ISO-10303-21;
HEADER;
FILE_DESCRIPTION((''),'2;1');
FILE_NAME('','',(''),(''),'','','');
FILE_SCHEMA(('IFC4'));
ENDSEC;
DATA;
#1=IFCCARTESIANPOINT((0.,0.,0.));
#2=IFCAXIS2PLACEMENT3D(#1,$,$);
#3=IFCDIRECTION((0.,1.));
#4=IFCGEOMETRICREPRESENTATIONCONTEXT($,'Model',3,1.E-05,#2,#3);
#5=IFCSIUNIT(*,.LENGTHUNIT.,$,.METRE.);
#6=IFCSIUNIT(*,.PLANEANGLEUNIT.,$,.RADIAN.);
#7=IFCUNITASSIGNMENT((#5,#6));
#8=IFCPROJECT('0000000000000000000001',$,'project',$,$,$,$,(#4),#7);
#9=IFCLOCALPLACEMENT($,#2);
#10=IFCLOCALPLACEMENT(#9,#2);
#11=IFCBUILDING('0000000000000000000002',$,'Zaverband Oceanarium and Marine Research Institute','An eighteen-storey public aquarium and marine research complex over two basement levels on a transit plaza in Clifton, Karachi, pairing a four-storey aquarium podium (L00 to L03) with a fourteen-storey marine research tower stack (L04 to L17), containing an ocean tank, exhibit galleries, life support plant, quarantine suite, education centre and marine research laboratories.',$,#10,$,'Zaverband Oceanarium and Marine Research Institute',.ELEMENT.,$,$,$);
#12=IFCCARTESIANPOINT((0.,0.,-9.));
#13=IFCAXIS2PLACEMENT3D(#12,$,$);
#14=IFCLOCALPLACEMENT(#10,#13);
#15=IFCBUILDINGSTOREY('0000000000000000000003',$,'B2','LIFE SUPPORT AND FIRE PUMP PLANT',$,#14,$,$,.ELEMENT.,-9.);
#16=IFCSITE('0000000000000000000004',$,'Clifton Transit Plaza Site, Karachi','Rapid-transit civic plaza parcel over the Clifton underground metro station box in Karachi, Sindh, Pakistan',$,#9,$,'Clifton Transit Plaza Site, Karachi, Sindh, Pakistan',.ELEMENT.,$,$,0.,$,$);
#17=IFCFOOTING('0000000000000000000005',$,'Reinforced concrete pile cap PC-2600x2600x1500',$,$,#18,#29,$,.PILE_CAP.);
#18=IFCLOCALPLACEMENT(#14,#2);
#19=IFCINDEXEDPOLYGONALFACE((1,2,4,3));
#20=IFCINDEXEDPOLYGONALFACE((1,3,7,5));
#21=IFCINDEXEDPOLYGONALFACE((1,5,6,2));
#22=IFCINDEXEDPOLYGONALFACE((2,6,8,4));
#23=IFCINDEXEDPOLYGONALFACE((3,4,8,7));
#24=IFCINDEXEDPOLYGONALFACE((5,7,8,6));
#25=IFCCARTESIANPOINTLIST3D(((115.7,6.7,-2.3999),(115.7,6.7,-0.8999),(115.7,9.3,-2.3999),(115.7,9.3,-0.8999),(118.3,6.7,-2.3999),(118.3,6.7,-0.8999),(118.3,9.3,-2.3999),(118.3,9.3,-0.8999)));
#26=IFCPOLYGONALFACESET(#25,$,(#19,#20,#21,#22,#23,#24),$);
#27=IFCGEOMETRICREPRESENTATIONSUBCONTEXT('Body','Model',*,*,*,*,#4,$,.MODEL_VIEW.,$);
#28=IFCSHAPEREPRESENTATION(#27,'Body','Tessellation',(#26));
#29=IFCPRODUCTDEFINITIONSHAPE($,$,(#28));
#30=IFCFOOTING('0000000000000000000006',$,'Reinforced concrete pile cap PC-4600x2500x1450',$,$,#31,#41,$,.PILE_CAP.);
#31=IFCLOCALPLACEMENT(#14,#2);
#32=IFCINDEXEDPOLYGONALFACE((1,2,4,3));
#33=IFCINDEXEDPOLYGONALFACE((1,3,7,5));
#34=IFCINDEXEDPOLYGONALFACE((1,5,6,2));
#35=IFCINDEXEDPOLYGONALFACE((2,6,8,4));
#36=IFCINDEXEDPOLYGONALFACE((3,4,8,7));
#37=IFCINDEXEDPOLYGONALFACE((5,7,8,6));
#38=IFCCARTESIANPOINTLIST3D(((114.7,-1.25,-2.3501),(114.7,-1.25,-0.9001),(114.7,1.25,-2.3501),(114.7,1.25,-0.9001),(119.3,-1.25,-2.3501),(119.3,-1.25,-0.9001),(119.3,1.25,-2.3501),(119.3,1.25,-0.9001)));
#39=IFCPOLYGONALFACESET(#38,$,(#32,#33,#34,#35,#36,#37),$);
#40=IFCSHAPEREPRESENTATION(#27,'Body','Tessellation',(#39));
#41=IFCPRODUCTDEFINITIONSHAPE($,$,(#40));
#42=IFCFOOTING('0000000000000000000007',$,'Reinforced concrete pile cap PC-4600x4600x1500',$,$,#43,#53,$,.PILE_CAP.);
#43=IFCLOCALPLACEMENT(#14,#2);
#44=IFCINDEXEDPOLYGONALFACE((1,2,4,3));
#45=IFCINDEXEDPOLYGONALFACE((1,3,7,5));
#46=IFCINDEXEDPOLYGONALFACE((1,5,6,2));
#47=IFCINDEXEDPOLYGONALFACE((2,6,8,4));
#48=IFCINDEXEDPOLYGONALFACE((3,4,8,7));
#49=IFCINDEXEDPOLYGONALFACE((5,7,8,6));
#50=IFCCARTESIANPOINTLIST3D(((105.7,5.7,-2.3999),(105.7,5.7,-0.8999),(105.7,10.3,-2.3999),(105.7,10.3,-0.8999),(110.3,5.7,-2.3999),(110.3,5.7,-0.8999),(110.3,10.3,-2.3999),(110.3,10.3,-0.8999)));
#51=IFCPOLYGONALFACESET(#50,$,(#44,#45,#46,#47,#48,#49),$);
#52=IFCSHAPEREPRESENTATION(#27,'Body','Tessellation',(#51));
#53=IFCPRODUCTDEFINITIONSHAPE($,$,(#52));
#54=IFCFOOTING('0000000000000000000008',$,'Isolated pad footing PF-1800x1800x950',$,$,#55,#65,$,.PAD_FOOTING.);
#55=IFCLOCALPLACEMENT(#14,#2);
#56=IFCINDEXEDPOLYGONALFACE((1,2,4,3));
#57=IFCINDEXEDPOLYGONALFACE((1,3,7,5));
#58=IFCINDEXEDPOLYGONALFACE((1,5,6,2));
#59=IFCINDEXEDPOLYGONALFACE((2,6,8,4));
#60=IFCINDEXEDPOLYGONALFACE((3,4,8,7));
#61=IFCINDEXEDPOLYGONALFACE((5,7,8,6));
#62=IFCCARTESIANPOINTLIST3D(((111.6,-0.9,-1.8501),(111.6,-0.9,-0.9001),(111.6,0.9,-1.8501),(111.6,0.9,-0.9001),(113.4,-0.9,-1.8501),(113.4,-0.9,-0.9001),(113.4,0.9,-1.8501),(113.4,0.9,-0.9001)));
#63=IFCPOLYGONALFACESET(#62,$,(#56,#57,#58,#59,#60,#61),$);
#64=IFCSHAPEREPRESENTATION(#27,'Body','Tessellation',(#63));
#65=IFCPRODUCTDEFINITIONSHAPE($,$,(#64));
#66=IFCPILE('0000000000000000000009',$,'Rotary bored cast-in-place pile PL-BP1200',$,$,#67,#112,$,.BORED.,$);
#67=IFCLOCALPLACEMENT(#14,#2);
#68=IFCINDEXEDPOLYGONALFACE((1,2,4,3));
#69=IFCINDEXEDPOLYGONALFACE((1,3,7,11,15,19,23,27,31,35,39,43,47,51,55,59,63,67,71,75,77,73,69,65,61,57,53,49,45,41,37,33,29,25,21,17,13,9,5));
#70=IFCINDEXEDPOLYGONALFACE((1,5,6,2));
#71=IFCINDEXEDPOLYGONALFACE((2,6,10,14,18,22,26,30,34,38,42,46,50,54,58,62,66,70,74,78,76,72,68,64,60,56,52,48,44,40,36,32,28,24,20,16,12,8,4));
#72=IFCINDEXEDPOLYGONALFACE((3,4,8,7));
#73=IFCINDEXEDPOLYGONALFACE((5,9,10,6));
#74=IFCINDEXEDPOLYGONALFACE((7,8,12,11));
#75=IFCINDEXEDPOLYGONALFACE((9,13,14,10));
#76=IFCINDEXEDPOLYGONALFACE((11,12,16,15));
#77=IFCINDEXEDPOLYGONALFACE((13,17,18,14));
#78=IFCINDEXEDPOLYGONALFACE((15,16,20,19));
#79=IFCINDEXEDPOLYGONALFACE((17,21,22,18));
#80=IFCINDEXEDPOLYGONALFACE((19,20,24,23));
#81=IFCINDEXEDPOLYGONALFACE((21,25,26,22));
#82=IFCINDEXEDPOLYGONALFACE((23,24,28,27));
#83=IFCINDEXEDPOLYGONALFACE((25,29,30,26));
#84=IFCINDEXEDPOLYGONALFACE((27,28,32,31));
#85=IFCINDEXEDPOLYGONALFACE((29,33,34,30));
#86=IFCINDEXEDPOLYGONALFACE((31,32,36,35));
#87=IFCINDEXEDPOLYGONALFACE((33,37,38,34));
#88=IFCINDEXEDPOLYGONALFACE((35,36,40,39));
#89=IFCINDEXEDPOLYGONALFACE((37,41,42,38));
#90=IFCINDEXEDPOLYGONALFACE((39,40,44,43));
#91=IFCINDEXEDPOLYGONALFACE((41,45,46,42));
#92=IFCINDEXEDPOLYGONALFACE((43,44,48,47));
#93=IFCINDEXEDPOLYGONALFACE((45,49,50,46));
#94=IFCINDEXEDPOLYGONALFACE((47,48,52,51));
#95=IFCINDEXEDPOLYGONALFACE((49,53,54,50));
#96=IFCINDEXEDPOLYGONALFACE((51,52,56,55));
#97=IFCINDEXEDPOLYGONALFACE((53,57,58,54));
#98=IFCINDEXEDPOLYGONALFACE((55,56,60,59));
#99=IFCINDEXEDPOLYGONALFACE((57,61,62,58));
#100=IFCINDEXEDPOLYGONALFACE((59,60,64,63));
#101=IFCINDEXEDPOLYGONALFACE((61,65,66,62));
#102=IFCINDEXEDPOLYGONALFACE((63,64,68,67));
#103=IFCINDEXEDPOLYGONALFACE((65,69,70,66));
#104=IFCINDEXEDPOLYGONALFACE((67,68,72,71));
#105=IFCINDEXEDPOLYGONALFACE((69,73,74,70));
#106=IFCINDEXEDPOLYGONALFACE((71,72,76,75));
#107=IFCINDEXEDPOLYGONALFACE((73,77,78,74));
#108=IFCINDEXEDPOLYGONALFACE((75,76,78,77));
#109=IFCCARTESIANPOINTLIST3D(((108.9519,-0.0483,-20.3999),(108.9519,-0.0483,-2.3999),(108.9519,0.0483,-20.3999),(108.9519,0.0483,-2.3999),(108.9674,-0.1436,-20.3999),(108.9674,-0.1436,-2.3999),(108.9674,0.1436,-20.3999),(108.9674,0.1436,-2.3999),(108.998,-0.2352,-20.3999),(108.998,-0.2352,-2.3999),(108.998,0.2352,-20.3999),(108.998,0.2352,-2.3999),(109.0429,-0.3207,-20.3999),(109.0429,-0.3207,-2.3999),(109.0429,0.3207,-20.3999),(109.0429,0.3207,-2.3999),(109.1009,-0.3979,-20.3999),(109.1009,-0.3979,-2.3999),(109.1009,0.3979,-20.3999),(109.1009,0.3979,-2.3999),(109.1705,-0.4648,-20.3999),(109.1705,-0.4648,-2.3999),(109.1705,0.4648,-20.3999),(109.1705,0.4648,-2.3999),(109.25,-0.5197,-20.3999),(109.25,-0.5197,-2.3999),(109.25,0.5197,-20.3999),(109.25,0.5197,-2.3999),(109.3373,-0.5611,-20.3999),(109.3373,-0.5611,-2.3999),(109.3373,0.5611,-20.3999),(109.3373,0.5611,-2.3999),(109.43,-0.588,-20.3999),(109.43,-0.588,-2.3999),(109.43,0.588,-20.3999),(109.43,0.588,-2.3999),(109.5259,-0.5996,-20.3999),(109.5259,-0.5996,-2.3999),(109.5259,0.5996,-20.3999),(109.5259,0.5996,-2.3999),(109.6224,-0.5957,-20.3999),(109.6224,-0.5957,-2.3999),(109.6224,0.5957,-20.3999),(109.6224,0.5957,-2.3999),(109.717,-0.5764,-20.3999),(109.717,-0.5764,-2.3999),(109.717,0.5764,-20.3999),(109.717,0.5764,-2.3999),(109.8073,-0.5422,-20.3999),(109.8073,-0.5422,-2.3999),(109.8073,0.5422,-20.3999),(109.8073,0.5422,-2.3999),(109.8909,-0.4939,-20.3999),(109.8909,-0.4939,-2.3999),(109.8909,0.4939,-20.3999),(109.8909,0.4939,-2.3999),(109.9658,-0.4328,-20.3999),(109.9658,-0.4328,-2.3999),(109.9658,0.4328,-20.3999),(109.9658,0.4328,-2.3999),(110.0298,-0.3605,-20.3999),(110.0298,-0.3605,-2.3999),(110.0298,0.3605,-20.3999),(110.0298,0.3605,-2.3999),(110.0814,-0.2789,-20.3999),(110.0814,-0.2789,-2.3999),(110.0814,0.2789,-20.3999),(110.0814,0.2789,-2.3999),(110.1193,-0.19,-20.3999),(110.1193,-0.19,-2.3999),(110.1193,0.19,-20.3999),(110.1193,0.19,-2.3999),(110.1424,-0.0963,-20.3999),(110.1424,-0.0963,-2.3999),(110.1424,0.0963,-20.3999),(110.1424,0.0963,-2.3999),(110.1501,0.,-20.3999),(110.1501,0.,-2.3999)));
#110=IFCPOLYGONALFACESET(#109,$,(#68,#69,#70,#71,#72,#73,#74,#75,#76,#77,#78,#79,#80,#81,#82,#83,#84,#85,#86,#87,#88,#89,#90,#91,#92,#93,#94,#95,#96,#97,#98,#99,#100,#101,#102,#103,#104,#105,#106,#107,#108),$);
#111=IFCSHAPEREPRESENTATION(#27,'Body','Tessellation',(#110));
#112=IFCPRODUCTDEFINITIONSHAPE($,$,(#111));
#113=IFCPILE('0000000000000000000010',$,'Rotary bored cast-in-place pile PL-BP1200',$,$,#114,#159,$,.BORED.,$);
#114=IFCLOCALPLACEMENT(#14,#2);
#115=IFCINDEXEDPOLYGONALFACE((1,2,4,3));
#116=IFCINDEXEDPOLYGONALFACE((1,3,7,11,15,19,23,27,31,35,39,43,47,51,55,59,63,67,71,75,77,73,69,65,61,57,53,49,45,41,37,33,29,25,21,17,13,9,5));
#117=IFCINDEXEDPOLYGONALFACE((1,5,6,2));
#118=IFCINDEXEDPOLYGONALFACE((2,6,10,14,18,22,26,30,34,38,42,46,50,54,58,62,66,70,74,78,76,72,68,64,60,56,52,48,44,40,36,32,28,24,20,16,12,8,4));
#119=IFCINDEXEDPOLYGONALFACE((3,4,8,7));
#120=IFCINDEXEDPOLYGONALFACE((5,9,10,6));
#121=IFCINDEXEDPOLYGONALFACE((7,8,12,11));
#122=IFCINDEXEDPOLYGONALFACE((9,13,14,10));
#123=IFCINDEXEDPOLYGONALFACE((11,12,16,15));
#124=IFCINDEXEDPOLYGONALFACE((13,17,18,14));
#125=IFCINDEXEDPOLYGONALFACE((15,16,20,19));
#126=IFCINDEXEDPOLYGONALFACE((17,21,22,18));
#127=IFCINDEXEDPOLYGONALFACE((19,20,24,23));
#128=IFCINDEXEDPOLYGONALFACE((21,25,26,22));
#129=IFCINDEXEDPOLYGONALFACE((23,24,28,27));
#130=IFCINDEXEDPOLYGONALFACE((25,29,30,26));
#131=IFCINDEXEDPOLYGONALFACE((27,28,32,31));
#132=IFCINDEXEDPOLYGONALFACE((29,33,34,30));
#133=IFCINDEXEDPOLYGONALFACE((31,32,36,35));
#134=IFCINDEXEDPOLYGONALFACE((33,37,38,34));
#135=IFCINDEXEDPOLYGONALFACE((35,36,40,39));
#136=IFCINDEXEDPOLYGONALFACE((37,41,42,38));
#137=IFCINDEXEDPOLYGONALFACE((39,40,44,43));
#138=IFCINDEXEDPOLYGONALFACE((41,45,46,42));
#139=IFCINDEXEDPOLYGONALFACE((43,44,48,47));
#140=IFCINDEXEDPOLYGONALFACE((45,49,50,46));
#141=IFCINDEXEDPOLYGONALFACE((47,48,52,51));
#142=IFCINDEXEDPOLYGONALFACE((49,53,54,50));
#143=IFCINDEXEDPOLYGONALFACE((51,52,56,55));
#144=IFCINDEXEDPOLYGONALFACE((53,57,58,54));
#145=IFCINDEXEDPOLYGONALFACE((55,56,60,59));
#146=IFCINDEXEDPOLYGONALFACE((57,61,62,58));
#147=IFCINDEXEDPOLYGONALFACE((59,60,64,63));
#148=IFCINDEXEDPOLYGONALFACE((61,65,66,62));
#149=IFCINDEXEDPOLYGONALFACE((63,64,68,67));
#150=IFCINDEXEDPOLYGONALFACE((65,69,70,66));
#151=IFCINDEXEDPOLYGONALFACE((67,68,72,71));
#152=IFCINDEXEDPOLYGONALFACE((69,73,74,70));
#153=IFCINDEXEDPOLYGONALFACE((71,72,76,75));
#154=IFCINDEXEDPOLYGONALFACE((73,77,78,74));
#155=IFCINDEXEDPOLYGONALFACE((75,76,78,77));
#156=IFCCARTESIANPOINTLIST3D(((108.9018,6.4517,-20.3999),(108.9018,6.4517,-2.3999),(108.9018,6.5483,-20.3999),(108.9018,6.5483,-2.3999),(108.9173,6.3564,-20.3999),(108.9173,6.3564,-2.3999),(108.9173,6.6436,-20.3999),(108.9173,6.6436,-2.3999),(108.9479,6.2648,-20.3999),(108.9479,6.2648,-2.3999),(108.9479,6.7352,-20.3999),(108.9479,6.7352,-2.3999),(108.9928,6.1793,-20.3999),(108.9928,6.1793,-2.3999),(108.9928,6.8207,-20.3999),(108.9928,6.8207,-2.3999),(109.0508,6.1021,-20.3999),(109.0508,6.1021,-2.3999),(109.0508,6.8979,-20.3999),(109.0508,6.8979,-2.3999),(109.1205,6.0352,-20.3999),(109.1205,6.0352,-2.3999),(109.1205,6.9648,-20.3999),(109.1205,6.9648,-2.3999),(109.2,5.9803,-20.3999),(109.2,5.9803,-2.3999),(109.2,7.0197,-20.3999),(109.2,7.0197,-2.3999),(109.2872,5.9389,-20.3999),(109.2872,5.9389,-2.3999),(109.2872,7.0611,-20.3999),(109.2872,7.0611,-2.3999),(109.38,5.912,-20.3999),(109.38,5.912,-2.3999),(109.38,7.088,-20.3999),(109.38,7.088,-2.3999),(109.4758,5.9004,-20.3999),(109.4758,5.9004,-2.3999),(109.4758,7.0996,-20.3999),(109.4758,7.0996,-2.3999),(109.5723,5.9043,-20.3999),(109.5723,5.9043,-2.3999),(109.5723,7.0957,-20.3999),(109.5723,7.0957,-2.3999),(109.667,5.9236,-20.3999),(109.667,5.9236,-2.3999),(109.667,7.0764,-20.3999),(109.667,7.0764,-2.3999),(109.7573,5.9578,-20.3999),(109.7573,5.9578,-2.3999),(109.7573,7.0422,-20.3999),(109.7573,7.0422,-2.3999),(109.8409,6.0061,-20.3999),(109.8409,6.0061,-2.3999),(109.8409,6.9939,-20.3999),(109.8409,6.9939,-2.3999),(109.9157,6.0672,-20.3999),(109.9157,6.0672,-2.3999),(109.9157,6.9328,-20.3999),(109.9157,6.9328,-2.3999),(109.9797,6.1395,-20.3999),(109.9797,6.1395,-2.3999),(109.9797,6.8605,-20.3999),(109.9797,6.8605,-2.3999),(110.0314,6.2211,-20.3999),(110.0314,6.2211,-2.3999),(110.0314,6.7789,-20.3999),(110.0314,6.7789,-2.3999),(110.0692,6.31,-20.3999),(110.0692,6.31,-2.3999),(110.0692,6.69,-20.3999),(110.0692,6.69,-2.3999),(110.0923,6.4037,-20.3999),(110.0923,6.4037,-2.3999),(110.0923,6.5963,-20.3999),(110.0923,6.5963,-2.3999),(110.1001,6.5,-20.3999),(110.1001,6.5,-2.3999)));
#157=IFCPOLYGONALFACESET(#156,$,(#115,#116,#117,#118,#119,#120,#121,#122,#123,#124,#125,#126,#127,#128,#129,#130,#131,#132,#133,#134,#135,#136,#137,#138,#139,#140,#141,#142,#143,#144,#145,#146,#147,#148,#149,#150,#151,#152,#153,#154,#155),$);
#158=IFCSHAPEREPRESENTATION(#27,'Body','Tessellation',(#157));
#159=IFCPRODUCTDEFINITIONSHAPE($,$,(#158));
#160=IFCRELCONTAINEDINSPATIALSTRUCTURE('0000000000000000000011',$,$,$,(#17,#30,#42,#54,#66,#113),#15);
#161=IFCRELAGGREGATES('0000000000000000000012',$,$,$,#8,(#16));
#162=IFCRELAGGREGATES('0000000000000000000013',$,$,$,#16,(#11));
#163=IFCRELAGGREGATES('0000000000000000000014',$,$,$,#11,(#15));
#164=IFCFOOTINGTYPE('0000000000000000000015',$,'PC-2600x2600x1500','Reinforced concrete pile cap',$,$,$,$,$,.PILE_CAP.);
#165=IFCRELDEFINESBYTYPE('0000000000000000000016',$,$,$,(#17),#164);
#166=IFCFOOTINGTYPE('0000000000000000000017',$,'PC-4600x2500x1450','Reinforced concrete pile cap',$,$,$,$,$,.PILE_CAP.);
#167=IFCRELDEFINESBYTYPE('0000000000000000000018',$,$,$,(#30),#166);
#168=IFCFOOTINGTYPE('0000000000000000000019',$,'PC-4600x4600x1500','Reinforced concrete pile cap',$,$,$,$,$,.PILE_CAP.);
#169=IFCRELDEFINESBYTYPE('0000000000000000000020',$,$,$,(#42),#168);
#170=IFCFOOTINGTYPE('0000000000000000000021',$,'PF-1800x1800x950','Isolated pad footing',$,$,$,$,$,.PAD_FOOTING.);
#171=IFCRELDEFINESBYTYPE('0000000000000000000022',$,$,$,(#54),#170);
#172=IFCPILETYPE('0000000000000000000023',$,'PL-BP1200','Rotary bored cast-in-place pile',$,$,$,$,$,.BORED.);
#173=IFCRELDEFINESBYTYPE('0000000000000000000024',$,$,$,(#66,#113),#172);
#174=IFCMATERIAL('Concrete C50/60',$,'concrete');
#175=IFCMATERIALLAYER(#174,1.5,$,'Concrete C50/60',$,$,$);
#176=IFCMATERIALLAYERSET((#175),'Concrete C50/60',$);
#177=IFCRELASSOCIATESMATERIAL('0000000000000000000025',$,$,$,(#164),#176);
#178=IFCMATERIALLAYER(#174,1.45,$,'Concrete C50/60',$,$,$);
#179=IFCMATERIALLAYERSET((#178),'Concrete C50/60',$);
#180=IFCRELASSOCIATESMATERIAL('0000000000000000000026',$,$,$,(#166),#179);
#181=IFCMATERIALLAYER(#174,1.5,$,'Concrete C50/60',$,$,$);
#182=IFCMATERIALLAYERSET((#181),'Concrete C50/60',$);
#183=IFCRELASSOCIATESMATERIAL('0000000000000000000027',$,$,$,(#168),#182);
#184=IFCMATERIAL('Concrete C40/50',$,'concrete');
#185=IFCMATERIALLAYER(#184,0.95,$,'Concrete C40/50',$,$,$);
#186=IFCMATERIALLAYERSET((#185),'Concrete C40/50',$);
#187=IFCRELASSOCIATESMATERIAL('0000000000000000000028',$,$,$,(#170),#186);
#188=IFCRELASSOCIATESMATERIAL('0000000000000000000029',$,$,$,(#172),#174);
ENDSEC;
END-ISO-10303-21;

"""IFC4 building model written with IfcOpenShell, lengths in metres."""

from ifc_helpers import new_model, si_unit, direction, frame, origin, origin_2d, place, context, subcontext, project, spatial, rectangle, circle, extrude, material, layer, layer_set, material_profile, profile_set, type_object, element, save


model = new_model("IFC4")

# Units and contexts
model_context = context("Model", 3, precision=1e-05, world=origin(), true_north=direction((0.0, 1.0)))
body_context = subcontext(model_context, "Body", "Model", "MODEL_VIEW")
ifc_project = project(units=[si_unit("LENGTHUNIT", "METRE"), si_unit("PLANEANGLEUNIT", "RADIAN")], contexts=[model_context])

# Site, building, storey
site_placement = place(None, origin())
site = spatial("IfcSite", under=ifc_project, at=site_placement, Name="Clifton Transit Plaza Site, Karachi", Description="Rapid-transit civic plaza parcel over the Clifton underground metro station box in Karachi, Sindh, Pakistan", LongName="Clifton Transit Plaza Site, Karachi, Sindh, Pakistan", CompositionType="ELEMENT", RefElevation=0.0)
building_placement = place(site_placement, origin())
building = spatial("IfcBuilding", under=site, at=building_placement, Name="Zaverband Oceanarium and Marine Research Institute", Description="An eighteen-storey public aquarium and marine research complex over two basement levels on a transit plaza in Clifton, Karachi, pairing a four-storey aquarium podium (L00 to L03) with a fourteen-storey marine research tower stack (L04 to L17), containing an ocean tank, exhibit galleries, life support plant, quarantine suite, education centre and marine research laboratories.", LongName="Zaverband Oceanarium and Marine Research Institute", CompositionType="ELEMENT")
storey_placement = place(building_placement, frame((0.0, 0.0, -9.0)))
storey = spatial("IfcBuildingStorey", under=building, at=storey_placement, Name="B2", Description="LIFE SUPPORT AND FIRE PUMP PLANT", CompositionType="ELEMENT", Elevation=-9.0)

# Footings
ifc_material_1 = material(Name="Concrete C50/60", Category="concrete")
ifc_layer_1 = layer(ifc_material_1, 1.5, Name="Concrete C50/60")
ifc_layer_set_1 = layer_set([ifc_layer_1], Name="Concrete C50/60")
footing_type_1 = type_object("IfcFootingType", Name="PC-2600x2600x1500", Description="Reinforced concrete pile cap", PredefinedType="PILE_CAP", material=ifc_layer_set_1)
footing_1_placement = place(storey_placement, frame((117.0, 8.0, -2.3999), z_axis=(0.0, 0.0, 1.0), x_axis=(1.0, 0.0, 0.0)))
element("IfcFooting", 1, at=footing_1_placement, inside=storey, type_object=footing_type_1, Name="Reinforced concrete pile cap PC-2600x2600x1500", PredefinedType="PILE_CAP", context=body_context, shape_type="SweptSolid", body=[
    extrude(rectangle(XDim=2.6001, YDim=2.6001, at=origin_2d()), origin(), (0.0, 0.0, 1.0), 1.5),
])
ifc_layer_2 = layer(ifc_material_1, 1.45, Name="Concrete C50/60")
ifc_layer_set_2 = layer_set([ifc_layer_2], Name="Concrete C50/60")
footing_type_2 = type_object("IfcFootingType", Name="PC-4600x2500x1450", Description="Reinforced concrete pile cap", PredefinedType="PILE_CAP", material=ifc_layer_set_2)
footing_2_placement = place(storey_placement, frame((117.0, 0.0, -2.3501), z_axis=(0.0, 0.0, 1.0), x_axis=(1.0, 0.0, 0.0)))
element("IfcFooting", 2, at=footing_2_placement, inside=storey, type_object=footing_type_2, Name="Reinforced concrete pile cap PC-4600x2500x1450", PredefinedType="PILE_CAP", context=body_context, shape_type="SweptSolid", body=[
    extrude(rectangle(XDim=4.6001, YDim=2.5, at=origin_2d()), origin(), (0.0, 0.0, 1.0), 1.45),
])
ifc_layer_3 = layer(ifc_material_1, 1.5, Name="Concrete C50/60")
ifc_layer_set_3 = layer_set([ifc_layer_3], Name="Concrete C50/60")
footing_type_3 = type_object("IfcFootingType", Name="PC-4600x4600x1500", Description="Reinforced concrete pile cap", PredefinedType="PILE_CAP", material=ifc_layer_set_3)
footing_3_placement = place(storey_placement, frame((108.0, 8.0, -2.3999), z_axis=(0.0, 0.0, 1.0), x_axis=(1.0, 0.0, 0.0)))
element("IfcFooting", 3, at=footing_3_placement, inside=storey, type_object=footing_type_3, Name="Reinforced concrete pile cap PC-4600x4600x1500", PredefinedType="PILE_CAP", context=body_context, shape_type="SweptSolid", body=[
    extrude(rectangle(XDim=4.6001, YDim=4.6001, at=origin_2d()), origin(), (0.0, 0.0, 1.0), 1.5),
])
ifc_material_2 = material(Name="Concrete C40/50", Category="concrete")
ifc_layer_4 = layer(ifc_material_2, 0.95, Name="Concrete C40/50")
ifc_layer_set_4 = layer_set([ifc_layer_4], Name="Concrete C40/50")
footing_type_4 = type_object("IfcFootingType", Name="PF-1800x1800x950", Description="Isolated pad footing", PredefinedType="PAD_FOOTING", material=ifc_layer_set_4)
footing_4_placement = place(storey_placement, frame((112.5, 0.0, -1.8501), z_axis=(0.0, 0.0, 1.0), x_axis=(1.0, 0.0, 0.0)))
element("IfcFooting", 4, at=footing_4_placement, inside=storey, type_object=footing_type_4, Name="Isolated pad footing PF-1800x1800x950", PredefinedType="PAD_FOOTING", context=body_context, shape_type="SweptSolid", body=[
    extrude(rectangle(XDim=1.8, YDim=1.8, at=origin_2d()), origin(), (0.0, 0.0, 1.0), 0.95),
])

# Piles
ifc_material_profile_1 = material_profile(ifc_material_1, circle(Radius=0.6001, at=origin_2d()), Name="BP1200")
ifc_profile_set_1 = profile_set([ifc_material_profile_1], Name="Concrete C50/60")
pile_type = type_object("IfcPileType", Name="PL-BP1200", Description="Rotary bored cast-in-place pile", PredefinedType="BORED", material=ifc_profile_set_1)
for number, where, z_axis, x_axis, name in (
    (5, (109.55, 0.0, -2.3999), (0.0, 0.0, -1.0), (1.0, 0.0, 0.0), "Rotary bored cast-in-place pile PL-BP1200"),
    (6, (109.5, 6.5, -2.3999), (0.0, 0.0, -1.0), (1.0, 0.0, 0.0), "Rotary bored cast-in-place pile PL-BP1200"),
):
    element("IfcPile", number, at=place(storey_placement, frame(where, z_axis=z_axis, x_axis=x_axis)), inside=storey, type_object=pile_type, Name=name, PredefinedType="BORED", context=body_context, shape_type="SweptSolid", body=[
        extrude(circle(Radius=0.6001, at=origin_2d()), origin(), (0.0, 0.0, 1.0), 18.0),
    ])

save(model, "model.ifc")
